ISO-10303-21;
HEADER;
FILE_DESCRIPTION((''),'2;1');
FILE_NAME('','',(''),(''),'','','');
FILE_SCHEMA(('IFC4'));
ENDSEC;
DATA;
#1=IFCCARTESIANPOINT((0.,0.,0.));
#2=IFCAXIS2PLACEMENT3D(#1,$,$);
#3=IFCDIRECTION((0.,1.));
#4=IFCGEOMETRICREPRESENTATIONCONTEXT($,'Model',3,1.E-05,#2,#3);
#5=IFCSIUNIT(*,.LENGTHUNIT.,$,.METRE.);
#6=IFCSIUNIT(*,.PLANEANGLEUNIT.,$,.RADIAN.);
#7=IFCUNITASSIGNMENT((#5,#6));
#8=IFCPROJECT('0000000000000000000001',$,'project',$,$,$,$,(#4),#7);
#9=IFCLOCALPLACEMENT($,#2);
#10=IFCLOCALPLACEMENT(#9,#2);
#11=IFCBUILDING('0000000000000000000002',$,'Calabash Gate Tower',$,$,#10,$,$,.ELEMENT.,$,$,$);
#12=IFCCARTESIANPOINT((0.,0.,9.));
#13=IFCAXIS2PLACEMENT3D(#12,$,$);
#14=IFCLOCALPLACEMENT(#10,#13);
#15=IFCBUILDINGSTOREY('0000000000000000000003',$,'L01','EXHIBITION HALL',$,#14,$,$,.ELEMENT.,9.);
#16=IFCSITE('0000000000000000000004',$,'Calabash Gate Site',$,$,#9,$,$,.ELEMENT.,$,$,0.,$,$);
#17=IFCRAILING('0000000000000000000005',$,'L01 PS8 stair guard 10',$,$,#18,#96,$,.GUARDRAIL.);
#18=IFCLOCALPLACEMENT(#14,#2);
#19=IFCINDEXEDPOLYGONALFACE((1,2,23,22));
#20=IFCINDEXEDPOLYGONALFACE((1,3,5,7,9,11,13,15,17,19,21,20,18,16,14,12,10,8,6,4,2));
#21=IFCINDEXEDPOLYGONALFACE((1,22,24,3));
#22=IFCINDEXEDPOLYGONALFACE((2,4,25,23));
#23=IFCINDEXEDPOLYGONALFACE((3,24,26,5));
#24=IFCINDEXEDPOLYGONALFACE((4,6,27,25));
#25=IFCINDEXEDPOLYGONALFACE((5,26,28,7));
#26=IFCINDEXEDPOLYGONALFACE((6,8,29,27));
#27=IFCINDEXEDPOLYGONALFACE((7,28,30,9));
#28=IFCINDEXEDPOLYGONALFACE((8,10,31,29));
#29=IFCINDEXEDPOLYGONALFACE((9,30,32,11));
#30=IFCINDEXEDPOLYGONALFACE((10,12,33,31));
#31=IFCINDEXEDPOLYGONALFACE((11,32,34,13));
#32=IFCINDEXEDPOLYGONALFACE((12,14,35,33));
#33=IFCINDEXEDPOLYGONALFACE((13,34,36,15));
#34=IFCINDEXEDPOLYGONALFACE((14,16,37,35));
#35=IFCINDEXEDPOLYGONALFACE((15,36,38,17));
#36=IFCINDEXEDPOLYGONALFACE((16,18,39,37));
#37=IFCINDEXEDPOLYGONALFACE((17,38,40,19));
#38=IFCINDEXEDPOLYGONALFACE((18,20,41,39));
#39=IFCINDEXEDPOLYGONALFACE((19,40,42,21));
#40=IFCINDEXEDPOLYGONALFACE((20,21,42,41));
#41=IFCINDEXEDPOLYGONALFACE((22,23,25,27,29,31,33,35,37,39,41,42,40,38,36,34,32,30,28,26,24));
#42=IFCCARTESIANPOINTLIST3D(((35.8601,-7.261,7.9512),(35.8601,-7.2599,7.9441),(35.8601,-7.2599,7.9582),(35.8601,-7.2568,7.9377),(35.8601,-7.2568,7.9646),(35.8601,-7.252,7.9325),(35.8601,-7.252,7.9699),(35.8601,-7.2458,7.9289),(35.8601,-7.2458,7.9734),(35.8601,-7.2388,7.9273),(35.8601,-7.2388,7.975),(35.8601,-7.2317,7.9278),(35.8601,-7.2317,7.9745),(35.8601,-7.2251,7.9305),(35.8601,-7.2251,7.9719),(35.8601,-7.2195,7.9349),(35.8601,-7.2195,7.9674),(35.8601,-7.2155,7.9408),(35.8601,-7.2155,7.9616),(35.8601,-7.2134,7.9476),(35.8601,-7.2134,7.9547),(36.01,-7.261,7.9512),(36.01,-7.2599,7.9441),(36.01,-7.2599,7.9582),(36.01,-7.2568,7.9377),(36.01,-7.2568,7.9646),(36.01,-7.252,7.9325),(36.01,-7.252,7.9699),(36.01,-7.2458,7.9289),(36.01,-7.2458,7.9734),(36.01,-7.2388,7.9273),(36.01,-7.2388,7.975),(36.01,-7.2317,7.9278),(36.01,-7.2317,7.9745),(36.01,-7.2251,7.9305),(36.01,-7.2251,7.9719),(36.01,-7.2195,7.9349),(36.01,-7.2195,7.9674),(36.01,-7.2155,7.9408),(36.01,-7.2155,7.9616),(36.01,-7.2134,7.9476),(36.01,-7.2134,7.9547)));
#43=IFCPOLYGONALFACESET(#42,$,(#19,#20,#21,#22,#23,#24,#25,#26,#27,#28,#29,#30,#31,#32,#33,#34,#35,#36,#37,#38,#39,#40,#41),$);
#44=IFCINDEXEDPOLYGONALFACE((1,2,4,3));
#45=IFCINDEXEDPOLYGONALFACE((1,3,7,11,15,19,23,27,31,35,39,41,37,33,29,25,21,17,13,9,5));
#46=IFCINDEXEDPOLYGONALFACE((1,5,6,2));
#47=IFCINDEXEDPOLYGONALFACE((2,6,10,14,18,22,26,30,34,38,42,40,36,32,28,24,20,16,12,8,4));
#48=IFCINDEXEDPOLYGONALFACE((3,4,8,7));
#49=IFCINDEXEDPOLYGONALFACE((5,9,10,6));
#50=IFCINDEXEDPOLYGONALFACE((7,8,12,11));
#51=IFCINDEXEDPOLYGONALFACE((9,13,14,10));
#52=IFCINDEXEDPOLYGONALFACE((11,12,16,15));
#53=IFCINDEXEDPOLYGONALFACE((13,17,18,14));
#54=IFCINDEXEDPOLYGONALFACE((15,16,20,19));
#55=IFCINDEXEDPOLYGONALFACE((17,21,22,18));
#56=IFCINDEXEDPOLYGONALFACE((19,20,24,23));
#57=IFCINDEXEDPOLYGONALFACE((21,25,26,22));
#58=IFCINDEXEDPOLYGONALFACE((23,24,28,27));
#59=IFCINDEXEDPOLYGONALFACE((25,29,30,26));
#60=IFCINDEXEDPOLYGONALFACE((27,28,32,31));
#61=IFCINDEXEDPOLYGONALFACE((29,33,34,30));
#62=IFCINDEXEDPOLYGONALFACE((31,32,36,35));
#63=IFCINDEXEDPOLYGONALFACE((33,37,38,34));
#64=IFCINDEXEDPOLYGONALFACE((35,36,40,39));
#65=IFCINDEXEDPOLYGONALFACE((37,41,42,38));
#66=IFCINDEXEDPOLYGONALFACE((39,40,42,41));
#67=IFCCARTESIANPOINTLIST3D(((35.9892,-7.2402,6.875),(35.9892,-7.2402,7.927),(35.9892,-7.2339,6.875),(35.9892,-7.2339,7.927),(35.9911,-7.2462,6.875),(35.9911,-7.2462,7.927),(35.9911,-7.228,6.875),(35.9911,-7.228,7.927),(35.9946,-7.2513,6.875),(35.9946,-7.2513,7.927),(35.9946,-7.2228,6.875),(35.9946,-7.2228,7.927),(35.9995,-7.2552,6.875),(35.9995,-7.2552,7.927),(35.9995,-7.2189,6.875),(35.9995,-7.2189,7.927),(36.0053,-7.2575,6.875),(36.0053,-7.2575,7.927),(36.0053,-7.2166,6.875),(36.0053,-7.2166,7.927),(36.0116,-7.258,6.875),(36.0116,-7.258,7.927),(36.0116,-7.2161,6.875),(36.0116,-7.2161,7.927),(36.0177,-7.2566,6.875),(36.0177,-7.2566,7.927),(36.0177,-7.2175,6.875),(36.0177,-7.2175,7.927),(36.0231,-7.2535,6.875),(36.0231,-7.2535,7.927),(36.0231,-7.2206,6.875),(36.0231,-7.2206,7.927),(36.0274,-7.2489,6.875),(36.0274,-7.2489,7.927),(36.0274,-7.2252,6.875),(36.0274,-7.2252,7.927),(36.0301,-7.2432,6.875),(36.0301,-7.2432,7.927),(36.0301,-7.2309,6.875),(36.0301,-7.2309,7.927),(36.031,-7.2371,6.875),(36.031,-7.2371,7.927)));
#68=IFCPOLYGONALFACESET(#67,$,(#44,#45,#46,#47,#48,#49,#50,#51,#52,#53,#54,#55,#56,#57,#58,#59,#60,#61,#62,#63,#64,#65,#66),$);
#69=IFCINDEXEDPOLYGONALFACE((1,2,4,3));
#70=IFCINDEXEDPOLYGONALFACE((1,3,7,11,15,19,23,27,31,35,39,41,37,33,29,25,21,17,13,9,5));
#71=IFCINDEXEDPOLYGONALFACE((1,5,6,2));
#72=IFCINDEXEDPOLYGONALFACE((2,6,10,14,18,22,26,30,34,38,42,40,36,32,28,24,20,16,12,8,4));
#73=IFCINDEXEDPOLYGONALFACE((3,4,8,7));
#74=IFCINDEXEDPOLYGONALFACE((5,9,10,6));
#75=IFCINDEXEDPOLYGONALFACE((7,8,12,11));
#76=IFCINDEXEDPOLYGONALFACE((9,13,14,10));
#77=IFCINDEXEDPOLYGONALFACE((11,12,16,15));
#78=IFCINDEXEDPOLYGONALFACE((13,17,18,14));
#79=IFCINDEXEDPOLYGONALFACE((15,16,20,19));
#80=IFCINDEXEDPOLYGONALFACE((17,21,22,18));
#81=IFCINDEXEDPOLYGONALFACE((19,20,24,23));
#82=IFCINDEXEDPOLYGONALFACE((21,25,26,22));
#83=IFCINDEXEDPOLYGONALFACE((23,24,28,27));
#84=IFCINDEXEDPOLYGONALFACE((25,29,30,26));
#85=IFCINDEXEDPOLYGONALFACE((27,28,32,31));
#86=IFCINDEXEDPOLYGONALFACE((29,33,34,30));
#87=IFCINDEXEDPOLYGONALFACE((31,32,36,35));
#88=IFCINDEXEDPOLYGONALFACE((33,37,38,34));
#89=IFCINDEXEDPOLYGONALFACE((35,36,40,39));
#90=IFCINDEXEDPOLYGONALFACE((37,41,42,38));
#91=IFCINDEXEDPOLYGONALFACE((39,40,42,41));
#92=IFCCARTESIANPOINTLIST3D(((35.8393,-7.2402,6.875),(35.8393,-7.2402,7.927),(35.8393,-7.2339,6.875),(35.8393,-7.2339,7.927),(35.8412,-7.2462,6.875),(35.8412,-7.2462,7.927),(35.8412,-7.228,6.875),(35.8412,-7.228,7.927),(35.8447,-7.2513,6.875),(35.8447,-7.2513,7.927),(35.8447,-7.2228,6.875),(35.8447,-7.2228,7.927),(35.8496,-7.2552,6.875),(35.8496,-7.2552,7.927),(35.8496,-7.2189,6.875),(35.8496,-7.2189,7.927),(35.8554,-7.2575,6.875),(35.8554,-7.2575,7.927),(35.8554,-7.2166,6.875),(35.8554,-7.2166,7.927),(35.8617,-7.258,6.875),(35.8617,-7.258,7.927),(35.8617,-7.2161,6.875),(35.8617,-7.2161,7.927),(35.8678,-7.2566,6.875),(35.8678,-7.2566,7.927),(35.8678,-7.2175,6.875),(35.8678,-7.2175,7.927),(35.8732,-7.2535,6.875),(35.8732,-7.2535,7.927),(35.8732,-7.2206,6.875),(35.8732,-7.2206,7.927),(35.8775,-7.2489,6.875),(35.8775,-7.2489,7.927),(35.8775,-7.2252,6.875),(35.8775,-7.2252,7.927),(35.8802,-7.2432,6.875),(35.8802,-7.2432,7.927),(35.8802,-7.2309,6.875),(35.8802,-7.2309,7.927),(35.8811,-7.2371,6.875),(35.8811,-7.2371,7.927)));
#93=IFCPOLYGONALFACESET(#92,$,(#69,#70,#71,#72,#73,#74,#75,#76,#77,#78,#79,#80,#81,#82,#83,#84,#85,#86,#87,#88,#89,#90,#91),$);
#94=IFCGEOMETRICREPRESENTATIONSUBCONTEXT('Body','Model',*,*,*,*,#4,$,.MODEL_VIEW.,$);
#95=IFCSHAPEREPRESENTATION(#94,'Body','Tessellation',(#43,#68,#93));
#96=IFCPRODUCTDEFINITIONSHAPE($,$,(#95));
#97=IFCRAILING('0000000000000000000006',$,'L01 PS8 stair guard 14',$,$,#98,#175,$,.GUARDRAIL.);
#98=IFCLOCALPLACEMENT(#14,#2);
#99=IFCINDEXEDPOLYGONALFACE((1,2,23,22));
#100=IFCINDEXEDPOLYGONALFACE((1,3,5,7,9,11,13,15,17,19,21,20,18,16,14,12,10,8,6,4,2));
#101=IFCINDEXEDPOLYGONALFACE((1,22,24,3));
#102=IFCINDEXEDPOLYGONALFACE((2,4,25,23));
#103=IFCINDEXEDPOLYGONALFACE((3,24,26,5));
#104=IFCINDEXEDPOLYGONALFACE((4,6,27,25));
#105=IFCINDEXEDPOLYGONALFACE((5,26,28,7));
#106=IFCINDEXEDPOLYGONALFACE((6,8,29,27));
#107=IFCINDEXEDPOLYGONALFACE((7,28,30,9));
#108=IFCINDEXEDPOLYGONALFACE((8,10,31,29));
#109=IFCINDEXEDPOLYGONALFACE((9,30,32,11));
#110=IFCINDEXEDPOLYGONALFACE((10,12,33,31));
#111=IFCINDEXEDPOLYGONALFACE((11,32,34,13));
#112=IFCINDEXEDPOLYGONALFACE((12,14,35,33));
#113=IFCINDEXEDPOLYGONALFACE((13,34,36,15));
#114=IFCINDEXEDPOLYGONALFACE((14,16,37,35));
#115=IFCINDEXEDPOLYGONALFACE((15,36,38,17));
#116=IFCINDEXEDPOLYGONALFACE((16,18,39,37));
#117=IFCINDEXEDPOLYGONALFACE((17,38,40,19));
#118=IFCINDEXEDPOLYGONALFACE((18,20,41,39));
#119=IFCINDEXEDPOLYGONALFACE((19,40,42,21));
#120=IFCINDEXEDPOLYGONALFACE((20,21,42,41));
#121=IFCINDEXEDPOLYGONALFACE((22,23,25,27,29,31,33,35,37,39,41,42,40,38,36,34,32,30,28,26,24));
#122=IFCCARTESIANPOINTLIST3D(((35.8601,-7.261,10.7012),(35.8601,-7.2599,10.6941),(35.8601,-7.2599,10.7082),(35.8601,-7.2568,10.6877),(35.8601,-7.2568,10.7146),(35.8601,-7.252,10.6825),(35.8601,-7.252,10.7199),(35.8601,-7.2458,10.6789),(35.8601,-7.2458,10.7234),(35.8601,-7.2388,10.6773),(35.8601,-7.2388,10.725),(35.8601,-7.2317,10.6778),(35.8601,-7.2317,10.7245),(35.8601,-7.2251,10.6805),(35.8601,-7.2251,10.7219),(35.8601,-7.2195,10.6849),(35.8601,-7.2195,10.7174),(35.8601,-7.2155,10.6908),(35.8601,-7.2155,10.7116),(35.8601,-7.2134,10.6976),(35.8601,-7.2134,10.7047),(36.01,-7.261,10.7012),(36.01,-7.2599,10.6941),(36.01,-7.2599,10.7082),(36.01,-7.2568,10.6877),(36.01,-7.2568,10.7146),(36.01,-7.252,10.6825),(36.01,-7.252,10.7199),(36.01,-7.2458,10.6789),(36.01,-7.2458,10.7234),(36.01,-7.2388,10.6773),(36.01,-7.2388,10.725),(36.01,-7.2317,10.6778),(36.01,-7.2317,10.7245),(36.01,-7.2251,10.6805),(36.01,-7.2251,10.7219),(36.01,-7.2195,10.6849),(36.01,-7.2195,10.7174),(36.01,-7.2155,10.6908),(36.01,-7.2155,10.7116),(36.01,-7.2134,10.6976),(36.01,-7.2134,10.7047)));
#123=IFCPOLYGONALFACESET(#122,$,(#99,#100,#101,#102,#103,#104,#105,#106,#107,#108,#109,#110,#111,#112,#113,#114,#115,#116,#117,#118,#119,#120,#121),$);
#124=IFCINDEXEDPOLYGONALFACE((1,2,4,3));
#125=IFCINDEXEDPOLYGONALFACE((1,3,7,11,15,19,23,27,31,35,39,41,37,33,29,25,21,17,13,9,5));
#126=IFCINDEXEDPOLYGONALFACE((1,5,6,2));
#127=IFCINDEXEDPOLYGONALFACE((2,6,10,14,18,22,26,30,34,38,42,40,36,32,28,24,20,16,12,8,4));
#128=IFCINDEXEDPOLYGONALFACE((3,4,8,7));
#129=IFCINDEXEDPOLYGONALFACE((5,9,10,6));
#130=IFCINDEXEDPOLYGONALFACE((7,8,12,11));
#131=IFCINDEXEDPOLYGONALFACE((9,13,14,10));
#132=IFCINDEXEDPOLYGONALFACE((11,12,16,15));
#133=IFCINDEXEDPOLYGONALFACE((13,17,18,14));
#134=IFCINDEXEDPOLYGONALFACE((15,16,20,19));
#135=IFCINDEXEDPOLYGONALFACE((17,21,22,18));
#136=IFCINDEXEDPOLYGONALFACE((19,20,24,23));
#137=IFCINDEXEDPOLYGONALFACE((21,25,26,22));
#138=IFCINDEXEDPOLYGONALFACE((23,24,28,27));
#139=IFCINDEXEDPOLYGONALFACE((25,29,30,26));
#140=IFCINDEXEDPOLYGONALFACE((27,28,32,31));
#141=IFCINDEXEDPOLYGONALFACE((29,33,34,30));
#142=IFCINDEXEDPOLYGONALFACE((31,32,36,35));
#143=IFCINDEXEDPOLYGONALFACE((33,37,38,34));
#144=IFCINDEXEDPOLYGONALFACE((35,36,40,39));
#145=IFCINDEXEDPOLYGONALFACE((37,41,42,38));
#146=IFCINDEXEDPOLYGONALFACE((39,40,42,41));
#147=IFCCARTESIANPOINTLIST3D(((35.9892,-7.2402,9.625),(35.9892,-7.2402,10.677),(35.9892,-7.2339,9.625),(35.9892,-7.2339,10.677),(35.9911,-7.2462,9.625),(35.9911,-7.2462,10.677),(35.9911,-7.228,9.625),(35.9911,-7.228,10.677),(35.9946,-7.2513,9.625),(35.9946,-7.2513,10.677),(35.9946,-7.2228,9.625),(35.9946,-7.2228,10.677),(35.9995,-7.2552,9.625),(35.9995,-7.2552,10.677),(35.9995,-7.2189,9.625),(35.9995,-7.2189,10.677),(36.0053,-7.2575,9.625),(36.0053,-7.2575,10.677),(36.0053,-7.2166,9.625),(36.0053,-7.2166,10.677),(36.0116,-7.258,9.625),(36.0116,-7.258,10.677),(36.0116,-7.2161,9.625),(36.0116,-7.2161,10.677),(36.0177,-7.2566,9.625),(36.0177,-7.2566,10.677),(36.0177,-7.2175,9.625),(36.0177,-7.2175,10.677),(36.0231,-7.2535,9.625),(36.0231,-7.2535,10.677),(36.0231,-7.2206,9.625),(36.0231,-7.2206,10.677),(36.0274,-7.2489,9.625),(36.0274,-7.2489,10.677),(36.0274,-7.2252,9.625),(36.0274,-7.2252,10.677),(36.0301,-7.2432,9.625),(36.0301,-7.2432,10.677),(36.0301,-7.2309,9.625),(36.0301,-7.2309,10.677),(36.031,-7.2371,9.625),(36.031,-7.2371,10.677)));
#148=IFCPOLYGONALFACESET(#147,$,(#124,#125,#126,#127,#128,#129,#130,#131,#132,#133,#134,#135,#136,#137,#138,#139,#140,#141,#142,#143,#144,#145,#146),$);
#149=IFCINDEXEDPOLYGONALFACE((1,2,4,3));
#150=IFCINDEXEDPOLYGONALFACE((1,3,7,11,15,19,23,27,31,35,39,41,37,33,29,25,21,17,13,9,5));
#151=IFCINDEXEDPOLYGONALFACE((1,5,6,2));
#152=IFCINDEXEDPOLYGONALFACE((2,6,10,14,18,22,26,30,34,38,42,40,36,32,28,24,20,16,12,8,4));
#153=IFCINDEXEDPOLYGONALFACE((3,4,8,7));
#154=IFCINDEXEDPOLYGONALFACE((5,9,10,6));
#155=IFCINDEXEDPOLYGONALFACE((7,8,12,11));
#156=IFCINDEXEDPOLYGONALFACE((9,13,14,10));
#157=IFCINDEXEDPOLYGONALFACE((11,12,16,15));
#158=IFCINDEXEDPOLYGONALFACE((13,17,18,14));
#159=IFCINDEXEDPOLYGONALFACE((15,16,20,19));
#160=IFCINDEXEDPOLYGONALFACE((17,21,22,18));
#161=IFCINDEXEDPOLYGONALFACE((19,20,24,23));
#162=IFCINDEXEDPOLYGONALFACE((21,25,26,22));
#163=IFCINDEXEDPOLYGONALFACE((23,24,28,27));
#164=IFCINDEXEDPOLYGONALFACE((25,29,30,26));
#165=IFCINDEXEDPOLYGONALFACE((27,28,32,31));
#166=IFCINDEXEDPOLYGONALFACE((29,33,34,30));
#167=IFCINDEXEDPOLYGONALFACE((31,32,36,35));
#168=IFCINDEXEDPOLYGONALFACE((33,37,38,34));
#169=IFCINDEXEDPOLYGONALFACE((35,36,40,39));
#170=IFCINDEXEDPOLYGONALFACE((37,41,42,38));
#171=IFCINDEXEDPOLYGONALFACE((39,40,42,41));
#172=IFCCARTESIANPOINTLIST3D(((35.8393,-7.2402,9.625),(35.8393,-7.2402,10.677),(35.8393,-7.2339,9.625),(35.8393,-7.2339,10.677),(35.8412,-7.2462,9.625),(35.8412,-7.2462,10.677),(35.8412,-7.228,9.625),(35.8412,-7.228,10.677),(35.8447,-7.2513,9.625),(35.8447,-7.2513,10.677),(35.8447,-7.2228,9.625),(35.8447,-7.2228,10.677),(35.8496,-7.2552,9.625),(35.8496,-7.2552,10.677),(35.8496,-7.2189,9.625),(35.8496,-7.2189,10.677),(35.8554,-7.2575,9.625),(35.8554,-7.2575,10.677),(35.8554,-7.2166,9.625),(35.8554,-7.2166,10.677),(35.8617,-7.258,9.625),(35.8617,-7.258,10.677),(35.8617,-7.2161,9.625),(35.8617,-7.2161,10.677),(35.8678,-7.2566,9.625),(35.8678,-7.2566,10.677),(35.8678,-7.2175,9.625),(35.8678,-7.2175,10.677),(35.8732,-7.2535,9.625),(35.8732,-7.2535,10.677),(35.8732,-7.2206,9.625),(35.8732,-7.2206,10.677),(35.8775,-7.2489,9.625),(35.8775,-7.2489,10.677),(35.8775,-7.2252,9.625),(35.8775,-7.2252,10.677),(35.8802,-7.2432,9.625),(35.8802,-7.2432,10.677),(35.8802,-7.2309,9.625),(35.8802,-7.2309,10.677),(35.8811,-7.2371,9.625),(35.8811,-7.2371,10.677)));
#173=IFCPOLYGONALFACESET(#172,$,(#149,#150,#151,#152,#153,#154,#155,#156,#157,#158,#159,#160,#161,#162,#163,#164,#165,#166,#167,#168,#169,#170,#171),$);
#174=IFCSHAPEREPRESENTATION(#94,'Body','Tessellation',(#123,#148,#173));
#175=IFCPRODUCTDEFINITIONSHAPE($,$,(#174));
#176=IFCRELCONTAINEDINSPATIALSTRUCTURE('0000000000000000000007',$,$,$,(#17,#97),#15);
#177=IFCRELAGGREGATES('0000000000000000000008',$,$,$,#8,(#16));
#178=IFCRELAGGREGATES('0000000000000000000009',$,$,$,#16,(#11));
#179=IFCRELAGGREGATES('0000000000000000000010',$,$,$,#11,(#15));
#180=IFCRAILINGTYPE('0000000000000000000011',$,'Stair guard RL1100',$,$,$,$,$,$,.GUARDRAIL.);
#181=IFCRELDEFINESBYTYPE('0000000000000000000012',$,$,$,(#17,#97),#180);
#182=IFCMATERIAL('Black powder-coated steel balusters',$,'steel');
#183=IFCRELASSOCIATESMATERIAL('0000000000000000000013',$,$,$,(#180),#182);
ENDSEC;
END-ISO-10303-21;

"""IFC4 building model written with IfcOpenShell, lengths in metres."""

from ifc_helpers import new_model, si_unit, direction, frame, origin, origin_2d, place, context, subcontext, project, spatial, circle, extrude, material, type_object, element, save


model = new_model("IFC4")

# Units and contexts
model_context = context("Model", 3, precision=1e-05, world=origin(), true_north=direction((0.0, 1.0)))
body_context = subcontext(model_context, "Body", "Model", "MODEL_VIEW")
ifc_project = project(units=[si_unit("LENGTHUNIT", "METRE"), si_unit("PLANEANGLEUNIT", "RADIAN")], contexts=[model_context])

# Site, building, storey
site_placement = place(None, origin())
site = spatial("IfcSite", under=ifc_project, at=site_placement, Name="Calabash Gate Site", CompositionType="ELEMENT", RefElevation=0.0)
building_placement = place(site_placement, origin())
building = spatial("IfcBuilding", under=site, at=building_placement, Name="Calabash Gate Tower", CompositionType="ELEMENT")
storey_placement = place(building_placement, frame((0.0, 0.0, 9.0)))
storey = spatial("IfcBuildingStorey", under=building, at=storey_placement, Name="L01", Description="EXHIBITION HALL", CompositionType="ELEMENT", Elevation=9.0)

# Railings
ifc_material_1 = material(Name="Black powder-coated steel balusters", Category="steel")
railing_type_1 = type_object("IfcRailingType", Name="Stair guard RL1100", PredefinedType="GUARDRAIL", material=ifc_material_1)
for number, where, name in (
    (1, (36.01, -7.2371, 6.875), "L01 PS8 stair guard 10"),
    (2, (36.01, -7.2371, 9.625), "L01 PS8 stair guard 14"),
):
    element("IfcRailing", number, at=place(storey_placement, frame(where)), inside=storey, type_object=railing_type_1, Name=name, PredefinedType="GUARDRAIL", context=body_context, shape_type="SweptSolid", body=[
        extrude(circle(Radius=0.0239, at=origin_2d()), frame((0.0, 0.0, 1.0762), z_axis=(-1.0, 0.0, 0.0), x_axis=(0.0, -1.0, 0.0)), (0.0, 0.0, 1.0), 0.1499),
        extrude(circle(Radius=0.021, at=origin_2d()), origin(), (0.0, 0.0, 1.0), 1.052),
        extrude(circle(Radius=0.021, at=origin_2d()), frame((-0.1499, 0.0, 0.0)), (0.0, 0.0, 1.0), 1.052),
    ])

save(model, "model.ifc")
